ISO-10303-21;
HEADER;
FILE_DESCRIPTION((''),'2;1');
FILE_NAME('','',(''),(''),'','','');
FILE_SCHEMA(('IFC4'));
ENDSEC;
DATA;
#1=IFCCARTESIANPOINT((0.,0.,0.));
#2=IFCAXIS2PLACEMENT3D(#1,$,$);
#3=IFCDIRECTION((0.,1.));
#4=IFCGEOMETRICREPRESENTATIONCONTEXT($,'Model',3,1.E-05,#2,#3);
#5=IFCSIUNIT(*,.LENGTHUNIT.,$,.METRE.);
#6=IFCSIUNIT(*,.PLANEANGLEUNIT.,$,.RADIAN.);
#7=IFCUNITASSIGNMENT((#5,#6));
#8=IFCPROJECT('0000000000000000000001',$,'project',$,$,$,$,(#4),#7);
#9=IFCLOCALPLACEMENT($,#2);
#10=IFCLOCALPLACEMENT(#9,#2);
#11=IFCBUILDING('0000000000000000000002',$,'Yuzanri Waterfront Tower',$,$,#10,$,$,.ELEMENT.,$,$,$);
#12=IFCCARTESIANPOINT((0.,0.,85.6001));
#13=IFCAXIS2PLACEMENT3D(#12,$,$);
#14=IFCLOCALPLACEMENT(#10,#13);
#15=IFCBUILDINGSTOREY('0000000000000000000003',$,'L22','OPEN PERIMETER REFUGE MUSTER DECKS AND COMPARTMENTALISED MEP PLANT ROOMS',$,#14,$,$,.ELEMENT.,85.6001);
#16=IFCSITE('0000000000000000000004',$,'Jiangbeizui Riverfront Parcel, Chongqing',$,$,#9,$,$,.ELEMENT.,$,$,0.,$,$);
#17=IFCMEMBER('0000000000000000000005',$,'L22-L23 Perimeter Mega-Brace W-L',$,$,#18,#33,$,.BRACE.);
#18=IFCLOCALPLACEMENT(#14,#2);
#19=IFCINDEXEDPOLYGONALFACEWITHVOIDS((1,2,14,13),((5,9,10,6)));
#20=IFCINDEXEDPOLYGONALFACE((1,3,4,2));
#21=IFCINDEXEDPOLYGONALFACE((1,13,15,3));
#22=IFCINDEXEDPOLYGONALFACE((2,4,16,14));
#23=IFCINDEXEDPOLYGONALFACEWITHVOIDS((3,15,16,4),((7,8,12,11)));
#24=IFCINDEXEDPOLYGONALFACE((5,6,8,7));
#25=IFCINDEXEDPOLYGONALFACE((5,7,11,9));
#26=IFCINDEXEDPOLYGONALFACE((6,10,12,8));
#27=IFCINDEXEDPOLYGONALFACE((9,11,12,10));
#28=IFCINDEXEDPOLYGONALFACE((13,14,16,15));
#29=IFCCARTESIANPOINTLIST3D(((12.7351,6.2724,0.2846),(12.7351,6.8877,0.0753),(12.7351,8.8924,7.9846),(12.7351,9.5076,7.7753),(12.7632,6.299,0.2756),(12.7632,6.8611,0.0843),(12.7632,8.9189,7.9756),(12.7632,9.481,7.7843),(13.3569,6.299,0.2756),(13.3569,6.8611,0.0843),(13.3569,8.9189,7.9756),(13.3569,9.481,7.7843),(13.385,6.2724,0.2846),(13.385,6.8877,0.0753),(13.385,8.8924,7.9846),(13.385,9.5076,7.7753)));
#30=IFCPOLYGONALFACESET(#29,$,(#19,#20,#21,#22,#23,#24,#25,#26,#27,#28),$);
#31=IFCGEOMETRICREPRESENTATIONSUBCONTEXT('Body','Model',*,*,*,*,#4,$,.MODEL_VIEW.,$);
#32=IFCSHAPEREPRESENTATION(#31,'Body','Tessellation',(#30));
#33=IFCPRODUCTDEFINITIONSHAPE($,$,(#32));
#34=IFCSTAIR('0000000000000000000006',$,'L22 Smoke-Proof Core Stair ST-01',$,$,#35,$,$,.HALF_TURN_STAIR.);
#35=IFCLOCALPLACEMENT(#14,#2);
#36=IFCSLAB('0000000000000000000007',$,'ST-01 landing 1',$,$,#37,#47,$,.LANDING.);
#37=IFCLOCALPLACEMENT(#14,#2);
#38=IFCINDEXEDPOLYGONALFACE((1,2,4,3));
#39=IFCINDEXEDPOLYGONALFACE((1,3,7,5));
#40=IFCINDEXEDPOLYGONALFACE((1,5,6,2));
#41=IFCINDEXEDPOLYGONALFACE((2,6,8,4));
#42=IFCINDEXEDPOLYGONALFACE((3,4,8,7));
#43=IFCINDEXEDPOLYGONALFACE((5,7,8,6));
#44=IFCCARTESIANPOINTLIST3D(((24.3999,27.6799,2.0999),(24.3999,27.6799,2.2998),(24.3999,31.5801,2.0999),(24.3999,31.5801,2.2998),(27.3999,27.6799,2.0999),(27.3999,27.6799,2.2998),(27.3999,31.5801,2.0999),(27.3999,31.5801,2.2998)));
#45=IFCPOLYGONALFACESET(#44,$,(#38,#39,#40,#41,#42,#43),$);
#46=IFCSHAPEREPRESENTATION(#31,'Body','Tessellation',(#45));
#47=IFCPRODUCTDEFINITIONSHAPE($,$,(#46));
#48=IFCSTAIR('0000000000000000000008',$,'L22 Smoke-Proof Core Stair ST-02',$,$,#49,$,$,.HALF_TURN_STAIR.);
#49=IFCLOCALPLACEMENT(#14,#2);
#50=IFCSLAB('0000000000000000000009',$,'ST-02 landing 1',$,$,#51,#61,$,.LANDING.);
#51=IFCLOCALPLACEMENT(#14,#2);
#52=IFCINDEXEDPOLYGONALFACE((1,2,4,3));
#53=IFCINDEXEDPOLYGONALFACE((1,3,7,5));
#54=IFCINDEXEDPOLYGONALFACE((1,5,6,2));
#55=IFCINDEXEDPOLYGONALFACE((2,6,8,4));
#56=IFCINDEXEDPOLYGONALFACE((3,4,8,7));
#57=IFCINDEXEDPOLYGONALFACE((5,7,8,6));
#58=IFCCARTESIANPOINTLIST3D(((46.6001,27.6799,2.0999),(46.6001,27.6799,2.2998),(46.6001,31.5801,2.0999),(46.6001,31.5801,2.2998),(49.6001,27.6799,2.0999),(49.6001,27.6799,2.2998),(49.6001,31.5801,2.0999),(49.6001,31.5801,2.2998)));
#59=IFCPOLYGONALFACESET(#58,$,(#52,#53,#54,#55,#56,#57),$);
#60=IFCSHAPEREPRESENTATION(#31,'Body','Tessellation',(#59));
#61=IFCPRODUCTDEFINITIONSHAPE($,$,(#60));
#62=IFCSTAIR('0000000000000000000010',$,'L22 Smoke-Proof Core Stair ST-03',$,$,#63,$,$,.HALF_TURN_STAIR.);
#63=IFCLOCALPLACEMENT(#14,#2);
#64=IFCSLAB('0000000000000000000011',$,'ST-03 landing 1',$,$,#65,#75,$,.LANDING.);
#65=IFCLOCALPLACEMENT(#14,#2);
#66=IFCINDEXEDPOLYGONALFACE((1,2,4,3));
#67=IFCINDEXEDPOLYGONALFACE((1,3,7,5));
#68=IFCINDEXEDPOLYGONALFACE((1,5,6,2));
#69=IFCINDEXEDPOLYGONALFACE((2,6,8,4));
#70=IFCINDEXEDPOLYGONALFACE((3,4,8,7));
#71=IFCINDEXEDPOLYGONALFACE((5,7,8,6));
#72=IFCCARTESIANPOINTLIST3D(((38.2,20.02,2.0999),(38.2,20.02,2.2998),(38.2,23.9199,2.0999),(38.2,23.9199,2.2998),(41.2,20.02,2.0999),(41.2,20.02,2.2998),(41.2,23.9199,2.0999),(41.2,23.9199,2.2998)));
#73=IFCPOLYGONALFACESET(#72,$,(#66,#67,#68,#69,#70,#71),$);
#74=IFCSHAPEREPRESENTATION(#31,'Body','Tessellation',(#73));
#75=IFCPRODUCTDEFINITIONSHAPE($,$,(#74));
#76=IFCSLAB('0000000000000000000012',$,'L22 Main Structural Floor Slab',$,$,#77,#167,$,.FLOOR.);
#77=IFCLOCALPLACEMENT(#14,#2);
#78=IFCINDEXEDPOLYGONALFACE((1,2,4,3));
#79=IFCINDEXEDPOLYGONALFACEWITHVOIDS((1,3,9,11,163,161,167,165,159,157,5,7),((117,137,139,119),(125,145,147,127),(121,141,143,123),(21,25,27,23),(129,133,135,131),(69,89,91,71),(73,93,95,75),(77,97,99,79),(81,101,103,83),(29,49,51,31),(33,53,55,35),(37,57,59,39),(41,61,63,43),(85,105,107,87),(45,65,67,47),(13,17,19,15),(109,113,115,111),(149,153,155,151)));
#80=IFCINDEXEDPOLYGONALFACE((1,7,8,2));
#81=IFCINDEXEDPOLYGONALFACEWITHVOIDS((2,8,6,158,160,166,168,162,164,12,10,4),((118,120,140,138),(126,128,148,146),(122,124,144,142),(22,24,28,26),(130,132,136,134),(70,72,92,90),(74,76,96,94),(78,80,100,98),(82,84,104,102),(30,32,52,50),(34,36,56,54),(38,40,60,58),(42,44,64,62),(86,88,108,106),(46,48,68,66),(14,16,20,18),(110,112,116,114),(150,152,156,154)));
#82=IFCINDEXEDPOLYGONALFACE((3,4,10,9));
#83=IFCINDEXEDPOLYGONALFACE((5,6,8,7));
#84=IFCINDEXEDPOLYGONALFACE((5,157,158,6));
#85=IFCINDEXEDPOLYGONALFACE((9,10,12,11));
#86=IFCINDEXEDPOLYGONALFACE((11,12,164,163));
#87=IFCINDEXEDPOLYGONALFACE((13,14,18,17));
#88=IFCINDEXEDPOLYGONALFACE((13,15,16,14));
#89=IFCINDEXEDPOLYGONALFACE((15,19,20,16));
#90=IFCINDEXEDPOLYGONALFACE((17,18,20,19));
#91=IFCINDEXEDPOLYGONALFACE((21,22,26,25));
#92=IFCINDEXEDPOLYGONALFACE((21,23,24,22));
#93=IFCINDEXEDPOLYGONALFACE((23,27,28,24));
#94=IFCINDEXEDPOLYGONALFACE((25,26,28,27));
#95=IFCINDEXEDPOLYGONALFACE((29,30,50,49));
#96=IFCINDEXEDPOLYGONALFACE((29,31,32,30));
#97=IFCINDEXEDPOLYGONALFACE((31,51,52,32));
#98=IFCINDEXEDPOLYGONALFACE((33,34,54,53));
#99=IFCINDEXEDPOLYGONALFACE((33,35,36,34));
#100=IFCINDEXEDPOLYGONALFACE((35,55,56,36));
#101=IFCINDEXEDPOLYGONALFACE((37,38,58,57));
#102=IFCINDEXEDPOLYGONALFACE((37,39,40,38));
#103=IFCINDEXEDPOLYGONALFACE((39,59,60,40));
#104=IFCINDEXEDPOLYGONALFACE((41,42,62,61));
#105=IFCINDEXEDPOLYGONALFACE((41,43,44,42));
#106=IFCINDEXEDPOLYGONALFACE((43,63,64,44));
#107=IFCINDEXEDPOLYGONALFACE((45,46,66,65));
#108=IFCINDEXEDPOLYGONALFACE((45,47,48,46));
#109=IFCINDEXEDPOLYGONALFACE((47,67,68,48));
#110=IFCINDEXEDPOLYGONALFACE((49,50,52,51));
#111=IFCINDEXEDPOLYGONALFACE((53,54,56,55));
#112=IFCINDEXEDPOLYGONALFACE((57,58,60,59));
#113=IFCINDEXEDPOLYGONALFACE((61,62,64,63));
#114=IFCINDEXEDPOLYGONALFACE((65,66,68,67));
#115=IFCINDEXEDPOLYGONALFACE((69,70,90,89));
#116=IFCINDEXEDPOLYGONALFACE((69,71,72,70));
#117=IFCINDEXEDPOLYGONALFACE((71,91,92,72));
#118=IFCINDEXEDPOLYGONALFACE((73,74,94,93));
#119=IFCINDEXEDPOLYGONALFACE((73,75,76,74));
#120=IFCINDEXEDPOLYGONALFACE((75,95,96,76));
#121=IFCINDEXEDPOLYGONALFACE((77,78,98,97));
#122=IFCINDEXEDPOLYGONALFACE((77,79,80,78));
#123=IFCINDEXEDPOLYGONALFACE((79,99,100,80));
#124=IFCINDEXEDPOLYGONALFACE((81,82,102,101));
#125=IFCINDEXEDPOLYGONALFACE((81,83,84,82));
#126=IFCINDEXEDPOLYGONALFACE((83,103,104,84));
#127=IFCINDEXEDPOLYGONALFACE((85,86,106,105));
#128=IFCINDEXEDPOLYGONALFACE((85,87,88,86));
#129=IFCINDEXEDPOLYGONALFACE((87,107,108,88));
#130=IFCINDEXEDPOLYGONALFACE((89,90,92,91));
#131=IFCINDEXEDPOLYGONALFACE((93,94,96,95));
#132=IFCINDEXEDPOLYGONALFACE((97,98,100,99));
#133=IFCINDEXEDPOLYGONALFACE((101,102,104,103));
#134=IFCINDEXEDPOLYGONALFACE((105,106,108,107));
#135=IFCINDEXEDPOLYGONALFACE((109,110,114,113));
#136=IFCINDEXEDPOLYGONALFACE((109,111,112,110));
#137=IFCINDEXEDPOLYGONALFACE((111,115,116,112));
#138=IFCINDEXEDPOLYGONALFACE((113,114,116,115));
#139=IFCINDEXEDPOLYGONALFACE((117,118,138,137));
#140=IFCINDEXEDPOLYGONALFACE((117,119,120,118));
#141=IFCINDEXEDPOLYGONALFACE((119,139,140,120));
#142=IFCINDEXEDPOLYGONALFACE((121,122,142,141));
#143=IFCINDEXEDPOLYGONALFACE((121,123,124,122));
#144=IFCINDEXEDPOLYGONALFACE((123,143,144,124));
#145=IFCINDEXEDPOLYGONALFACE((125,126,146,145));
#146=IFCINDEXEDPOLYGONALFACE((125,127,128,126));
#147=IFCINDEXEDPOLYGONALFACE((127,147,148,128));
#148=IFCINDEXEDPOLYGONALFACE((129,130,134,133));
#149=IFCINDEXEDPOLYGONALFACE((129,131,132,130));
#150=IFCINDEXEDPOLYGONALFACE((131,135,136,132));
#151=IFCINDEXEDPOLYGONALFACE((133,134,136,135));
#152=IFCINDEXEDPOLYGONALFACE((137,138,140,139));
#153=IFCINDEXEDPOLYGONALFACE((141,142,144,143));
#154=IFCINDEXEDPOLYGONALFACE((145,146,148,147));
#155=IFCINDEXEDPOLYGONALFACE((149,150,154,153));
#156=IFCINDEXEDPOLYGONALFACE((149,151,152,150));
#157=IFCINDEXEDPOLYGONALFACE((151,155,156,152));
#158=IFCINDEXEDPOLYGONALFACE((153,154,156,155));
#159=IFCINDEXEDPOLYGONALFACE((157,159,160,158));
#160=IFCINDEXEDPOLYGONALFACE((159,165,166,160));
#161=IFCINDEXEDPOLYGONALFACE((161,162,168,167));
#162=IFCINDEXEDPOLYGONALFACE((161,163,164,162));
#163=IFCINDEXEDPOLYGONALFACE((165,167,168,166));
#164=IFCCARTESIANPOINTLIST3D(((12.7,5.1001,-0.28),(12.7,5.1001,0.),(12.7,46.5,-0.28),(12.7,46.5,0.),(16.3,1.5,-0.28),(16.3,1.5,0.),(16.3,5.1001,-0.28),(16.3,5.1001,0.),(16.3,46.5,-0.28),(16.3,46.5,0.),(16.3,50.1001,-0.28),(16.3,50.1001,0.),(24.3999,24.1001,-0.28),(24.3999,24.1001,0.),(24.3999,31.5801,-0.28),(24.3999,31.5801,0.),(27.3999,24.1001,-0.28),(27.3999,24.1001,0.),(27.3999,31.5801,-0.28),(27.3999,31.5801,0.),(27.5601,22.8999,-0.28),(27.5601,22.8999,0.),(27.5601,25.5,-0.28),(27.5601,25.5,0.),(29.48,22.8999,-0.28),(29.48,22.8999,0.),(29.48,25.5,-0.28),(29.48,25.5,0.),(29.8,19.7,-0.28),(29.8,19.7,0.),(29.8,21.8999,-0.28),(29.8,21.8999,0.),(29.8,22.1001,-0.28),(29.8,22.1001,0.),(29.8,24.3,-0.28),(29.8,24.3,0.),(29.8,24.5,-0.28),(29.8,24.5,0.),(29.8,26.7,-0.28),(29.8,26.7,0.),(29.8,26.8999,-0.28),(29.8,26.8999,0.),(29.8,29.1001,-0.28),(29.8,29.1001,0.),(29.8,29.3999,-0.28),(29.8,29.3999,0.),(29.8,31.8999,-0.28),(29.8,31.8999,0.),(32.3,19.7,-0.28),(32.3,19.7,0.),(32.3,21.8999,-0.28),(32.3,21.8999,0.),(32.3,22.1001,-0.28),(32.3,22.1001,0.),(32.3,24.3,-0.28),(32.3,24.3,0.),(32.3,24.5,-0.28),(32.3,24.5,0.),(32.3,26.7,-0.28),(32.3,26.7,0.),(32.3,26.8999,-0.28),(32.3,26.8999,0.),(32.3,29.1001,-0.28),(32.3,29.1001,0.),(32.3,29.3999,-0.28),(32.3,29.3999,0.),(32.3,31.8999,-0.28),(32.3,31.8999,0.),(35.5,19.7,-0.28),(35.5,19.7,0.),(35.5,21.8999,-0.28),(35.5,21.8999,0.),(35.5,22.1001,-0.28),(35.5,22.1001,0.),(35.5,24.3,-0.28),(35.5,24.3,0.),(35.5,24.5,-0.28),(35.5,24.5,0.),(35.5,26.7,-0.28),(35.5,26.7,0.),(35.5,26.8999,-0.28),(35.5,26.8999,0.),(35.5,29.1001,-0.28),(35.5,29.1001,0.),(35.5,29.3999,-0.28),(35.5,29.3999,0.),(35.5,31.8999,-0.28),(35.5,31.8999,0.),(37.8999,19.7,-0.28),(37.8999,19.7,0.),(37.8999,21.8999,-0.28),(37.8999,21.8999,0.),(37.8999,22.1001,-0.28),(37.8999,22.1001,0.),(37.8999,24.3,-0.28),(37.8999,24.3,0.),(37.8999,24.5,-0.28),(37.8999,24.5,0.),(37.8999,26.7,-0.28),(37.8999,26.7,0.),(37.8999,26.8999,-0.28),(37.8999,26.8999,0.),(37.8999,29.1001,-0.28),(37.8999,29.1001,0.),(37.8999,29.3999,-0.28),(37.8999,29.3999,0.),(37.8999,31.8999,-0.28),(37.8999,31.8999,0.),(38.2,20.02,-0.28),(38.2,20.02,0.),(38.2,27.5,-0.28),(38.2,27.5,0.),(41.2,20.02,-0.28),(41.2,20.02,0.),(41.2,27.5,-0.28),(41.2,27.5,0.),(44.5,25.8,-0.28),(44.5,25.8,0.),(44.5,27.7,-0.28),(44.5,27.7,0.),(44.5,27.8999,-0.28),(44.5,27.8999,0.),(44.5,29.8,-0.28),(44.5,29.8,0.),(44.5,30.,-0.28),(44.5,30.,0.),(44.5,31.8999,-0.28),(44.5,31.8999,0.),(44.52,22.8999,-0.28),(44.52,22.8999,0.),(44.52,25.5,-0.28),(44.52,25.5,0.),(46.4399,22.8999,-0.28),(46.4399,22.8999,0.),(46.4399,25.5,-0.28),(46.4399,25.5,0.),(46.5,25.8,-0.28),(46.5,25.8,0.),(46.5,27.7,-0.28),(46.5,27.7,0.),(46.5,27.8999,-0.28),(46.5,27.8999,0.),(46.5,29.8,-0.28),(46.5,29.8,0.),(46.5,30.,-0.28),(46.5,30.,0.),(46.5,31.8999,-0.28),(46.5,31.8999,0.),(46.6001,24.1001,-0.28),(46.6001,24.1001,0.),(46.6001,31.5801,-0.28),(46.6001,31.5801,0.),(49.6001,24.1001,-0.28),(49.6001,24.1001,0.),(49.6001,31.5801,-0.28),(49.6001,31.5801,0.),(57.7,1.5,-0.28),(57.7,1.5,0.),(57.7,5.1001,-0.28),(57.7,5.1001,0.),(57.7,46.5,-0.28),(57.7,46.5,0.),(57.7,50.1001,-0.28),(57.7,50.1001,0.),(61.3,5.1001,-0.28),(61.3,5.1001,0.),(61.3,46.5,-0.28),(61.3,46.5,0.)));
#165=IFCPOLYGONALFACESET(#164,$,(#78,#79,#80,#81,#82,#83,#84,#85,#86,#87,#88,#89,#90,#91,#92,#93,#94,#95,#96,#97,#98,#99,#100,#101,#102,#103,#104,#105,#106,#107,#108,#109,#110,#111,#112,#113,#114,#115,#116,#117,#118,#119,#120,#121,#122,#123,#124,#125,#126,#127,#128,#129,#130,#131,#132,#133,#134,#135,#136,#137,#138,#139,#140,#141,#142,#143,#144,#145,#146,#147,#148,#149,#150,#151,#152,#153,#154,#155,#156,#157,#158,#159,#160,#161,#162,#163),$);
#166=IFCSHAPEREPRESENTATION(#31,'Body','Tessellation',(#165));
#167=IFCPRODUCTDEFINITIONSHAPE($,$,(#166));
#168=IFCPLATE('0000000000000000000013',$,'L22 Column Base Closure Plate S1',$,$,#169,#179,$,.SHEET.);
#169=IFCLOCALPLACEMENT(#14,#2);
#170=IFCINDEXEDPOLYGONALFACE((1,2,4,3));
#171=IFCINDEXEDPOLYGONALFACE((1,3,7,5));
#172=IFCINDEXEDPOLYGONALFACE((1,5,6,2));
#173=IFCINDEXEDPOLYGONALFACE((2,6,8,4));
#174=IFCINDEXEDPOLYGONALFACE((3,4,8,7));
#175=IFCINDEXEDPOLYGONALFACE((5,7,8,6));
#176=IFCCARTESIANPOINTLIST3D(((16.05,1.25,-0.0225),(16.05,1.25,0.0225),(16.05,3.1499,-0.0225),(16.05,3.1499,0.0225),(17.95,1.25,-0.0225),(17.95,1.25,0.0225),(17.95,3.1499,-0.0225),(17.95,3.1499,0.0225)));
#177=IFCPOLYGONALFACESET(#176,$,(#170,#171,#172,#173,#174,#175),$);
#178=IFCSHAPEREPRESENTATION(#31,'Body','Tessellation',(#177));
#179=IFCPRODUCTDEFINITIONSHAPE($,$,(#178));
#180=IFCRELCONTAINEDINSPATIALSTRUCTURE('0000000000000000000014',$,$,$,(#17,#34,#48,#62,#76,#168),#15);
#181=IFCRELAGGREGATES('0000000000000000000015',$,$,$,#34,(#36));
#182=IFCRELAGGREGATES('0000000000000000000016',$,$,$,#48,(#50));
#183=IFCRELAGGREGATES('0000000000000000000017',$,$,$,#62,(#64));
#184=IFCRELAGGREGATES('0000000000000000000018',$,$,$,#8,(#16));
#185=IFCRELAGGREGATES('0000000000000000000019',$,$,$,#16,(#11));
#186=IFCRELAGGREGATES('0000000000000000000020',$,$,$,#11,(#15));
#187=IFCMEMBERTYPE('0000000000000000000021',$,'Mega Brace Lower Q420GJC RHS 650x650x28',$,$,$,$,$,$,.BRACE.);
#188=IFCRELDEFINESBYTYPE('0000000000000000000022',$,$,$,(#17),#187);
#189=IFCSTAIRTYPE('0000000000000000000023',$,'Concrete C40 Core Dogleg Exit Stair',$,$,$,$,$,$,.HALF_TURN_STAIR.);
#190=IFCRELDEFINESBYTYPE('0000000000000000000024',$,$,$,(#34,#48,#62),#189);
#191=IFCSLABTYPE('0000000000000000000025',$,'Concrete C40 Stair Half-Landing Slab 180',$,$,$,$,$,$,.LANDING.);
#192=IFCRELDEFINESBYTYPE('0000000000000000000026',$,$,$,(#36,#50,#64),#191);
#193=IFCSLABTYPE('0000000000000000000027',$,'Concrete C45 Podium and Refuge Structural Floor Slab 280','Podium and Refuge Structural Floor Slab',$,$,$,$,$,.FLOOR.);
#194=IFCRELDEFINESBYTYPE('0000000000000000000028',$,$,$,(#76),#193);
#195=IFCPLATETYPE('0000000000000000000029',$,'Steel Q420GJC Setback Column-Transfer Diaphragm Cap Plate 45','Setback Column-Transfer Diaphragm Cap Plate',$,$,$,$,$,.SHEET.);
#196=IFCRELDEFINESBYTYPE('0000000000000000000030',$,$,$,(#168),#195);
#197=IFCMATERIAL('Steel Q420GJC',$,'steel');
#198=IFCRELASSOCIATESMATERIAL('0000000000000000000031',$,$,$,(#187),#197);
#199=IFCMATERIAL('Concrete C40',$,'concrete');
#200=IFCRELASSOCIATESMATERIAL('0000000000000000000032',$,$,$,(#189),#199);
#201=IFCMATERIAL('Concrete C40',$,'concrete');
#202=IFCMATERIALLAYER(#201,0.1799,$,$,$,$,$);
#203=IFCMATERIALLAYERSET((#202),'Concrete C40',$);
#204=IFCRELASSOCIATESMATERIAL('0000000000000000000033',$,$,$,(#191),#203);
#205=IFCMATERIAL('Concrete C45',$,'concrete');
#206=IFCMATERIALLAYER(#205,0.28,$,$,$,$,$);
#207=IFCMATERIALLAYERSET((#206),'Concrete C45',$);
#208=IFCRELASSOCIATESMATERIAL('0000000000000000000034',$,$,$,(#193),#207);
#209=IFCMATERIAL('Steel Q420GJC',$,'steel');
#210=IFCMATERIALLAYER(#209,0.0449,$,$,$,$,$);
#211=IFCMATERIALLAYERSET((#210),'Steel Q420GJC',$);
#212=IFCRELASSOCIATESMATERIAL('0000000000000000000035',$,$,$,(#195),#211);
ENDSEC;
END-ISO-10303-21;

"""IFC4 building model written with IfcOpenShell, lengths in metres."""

from ifc_helpers import new_model, si_unit, direction, frame, origin, origin_2d, place, context, subcontext, project, spatial, polyline, rectangle, hollow_rectangle, outline, extrude, source, transform, mapped, material, layer, layer_set, material_profile, profile_set, type_object, element, aggregate, save


model = new_model("IFC4")

# Units and contexts
model_context = context("Model", 3, precision=1e-05, world=origin(), true_north=direction((0.0, 1.0)))
body_context = subcontext(model_context, "Body", "Model", "MODEL_VIEW")
ifc_project = project(units=[si_unit("LENGTHUNIT", "METRE"), si_unit("PLANEANGLEUNIT", "RADIAN")], contexts=[model_context])

# Site, building, storey
site_placement = place(None, origin())
site = spatial("IfcSite", under=ifc_project, at=site_placement, Name="Jiangbeizui Riverfront Parcel, Chongqing", CompositionType="ELEMENT", RefElevation=0.0)
building_placement = place(site_placement, origin())
building = spatial("IfcBuilding", under=site, at=building_placement, Name="Yuzanri Waterfront Tower", CompositionType="ELEMENT")
storey_placement = place(building_placement, frame((0.0, 0.0, 85.6001)))
storey = spatial("IfcBuildingStorey", under=building, at=storey_placement, Name="L22", Description="OPEN PERIMETER REFUGE MUSTER DECKS AND COMPARTMENTALISED MEP PLANT ROOMS", CompositionType="ELEMENT", Elevation=85.6001)

# Member
ifc_material_1 = material(Name="Steel Q420GJC", Category="steel")
ifc_material_profile_1 = material_profile(ifc_material_1, hollow_rectangle(XDim=0.6499, YDim=0.6499, WallThickness=0.0281, at=origin_2d()), Name="RHS 650x650x28")
ifc_profile_set_1 = profile_set([ifc_material_profile_1], Name="Steel Q420GJC")
member_type = type_object("IfcMemberType", Name="Mega Brace Lower Q420GJC RHS 650x650x28", PredefinedType="BRACE", material=ifc_profile_set_1)
shared_shape_1 = source(origin(), body_context, "Body", "SweptSolid", [
    extrude(hollow_rectangle(XDim=0.6499, YDim=0.6499, WallThickness=0.0281, at=origin_2d()), origin(), (0.0, 0.0, 1.0), 8.1335),
])
for number, where, z_axis, x_axis, name in (
    (1, (13.0601, 6.5801, 0.1799), (0.0, 0.322111, 0.946702), (-1.0, 0.0, 0.0), "L22-L23 Perimeter Mega-Brace W-L"),
):
    element("IfcMember", number, at=place(storey_placement, frame(where, z_axis=z_axis, x_axis=x_axis)), inside=storey, type_object=member_type, Name=name, PredefinedType="BRACE", context=body_context, shape_type="MappedRepresentation", body=[
        mapped(shared_shape_1, transform((0.0, 0.0, 0.0), scale=1.0)),
    ])

# Stairs, slabs
ifc_material_2 = material(Name="Concrete C40", Category="concrete")
stair_type = type_object("IfcStairType", Name="Concrete C40 Core Dogleg Exit Stair", PredefinedType="HALF_TURN_STAIR", material=ifc_material_2)
stair_1_placement = place(storey_placement, origin())
stair_1 = element("IfcStair", 2, at=stair_1_placement, inside=storey, type_object=stair_type, Name="L22 Smoke-Proof Core Stair ST-01", PredefinedType="HALF_TURN_STAIR")
ifc_material_3 = material(Name="Concrete C40", Category="concrete")
ifc_layer_1 = layer(ifc_material_3, 0.1799)
ifc_layer_set_1 = layer_set([ifc_layer_1], Name="Concrete C40")
slab_type_1 = type_object("IfcSlabType", Name="Concrete C40 Stair Half-Landing Slab 180", PredefinedType="LANDING", material=ifc_layer_set_1)
slab_1_placement = place(storey_placement, frame((0.0, 0.0, 2.0999)))
slab_1 = element("IfcSlab", 3, at=slab_1_placement, type_object=slab_type_1, Name="ST-01 landing 1", PredefinedType="LANDING", context=body_context, shape_type="SweptSolid", body=[
    extrude(outline(polyline([(27.3999, 27.6799), (27.3999, 31.5801), (24.3999, 31.5801), (24.3999, 27.6799), (27.3999, 27.6799)])), origin(), (0.0, 0.0, 1.0), 0.2),
])
aggregate(stair_1, [slab_1])
stair_2_placement = place(storey_placement, origin())
stair_2 = element("IfcStair", 4, at=stair_2_placement, inside=storey, type_object=stair_type, Name="L22 Smoke-Proof Core Stair ST-02", PredefinedType="HALF_TURN_STAIR")
slab_2_placement = place(storey_placement, frame((0.0, 0.0, 2.0999)))
slab_2 = element("IfcSlab", 5, at=slab_2_placement, type_object=slab_type_1, Name="ST-02 landing 1", PredefinedType="LANDING", context=body_context, shape_type="SweptSolid", body=[
    extrude(outline(polyline([(49.6001, 27.6799), (49.6001, 31.5801), (46.6001, 31.5801), (46.6001, 27.6799), (49.6001, 27.6799)])), origin(), (0.0, 0.0, 1.0), 0.2),
])
aggregate(stair_2, [slab_2])
stair_3_placement = place(storey_placement, origin())
stair_3 = element("IfcStair", 6, at=stair_3_placement, inside=storey, type_object=stair_type, Name="L22 Smoke-Proof Core Stair ST-03", PredefinedType="HALF_TURN_STAIR")
slab_3_placement = place(storey_placement, frame((0.0, 0.0, 2.0999)))
slab_3 = element("IfcSlab", 7, at=slab_3_placement, type_object=slab_type_1, Name="ST-03 landing 1", PredefinedType="LANDING", context=body_context, shape_type="SweptSolid", body=[
    extrude(outline(polyline([(38.2, 23.9199), (38.2, 20.02), (41.2, 20.02), (41.2, 23.9199), (38.2, 23.9199)])), origin(), (0.0, 0.0, 1.0), 0.2),
])
aggregate(stair_3, [slab_3])

# Slab
ifc_material_4 = material(Name="Concrete C45", Category="concrete")
ifc_layer_2 = layer(ifc_material_4, 0.28)
ifc_layer_set_2 = layer_set([ifc_layer_2], Name="Concrete C45")
slab_type_2 = type_object("IfcSlabType", Name="Concrete C45 Podium and Refuge Structural Floor Slab 280", Description="Podium and Refuge Structural Floor Slab", PredefinedType="FLOOR", material=ifc_layer_set_2)
slab_4_placement = place(storey_placement, frame((0.0, 0.0, -0.28)))
element("IfcSlab", 8, at=slab_4_placement, inside=storey, type_object=slab_type_2, Name="L22 Main Structural Floor Slab", PredefinedType="FLOOR", context=body_context, shape_type="SweptSolid", body=[
    extrude(outline(polyline([(16.3, 1.5), (57.7, 1.5), (57.7, 5.1001), (61.3, 5.1001), (61.3, 46.5), (57.7, 46.5), (57.7, 50.1001), (16.3, 50.1001), (16.3, 46.5), (12.7, 46.5), (12.7, 5.1001), (16.3, 5.1001), (16.3, 1.5)]), holes=[polyline([(27.3999, 24.1001), (27.3999, 31.5801), (24.3999, 31.5801), (24.3999, 24.1001), (27.3999, 24.1001)]), polyline([(49.6001, 24.1001), (49.6001, 31.5801), (46.6001, 31.5801), (46.6001, 24.1001), (49.6001, 24.1001)]), polyline([(38.2, 27.5), (38.2, 20.02), (41.2, 20.02), (41.2, 27.5), (38.2, 27.5)]), polyline([(27.5601, 22.8999), (29.48, 22.8999), (29.48, 25.5), (27.5601, 25.5), (27.5601, 22.8999)]), polyline([(44.52, 22.8999), (46.4399, 22.8999), (46.4399, 25.5), (44.52, 25.5), (44.52, 22.8999)]), polyline([(29.8, 19.7), (32.3, 19.7), (32.3, 21.8999), (29.8, 21.8999), (29.8, 19.7)]), polyline([(29.8, 22.1001), (32.3, 22.1001), (32.3, 24.3), (29.8, 24.3), (29.8, 22.1001)]), polyline([(29.8, 24.5), (32.3, 24.5), (32.3, 26.7), (29.8, 26.7), (29.8, 24.5)]), polyline([(29.8, 26.8999), (32.3, 26.8999), (32.3, 29.1001), (29.8, 29.1001), (29.8, 26.8999)]), polyline([(29.8, 29.3999), (32.3, 29.3999), (32.3, 31.8999), (29.8, 31.8999), (29.8, 29.3999)]), polyline([(35.5, 19.7), (37.8999, 19.7), (37.8999, 21.8999), (35.5, 21.8999), (35.5, 19.7)]), polyline([(35.5, 22.1001), (37.8999, 22.1001), (37.8999, 24.3), (35.5, 24.3), (35.5, 22.1001)]), polyline([(35.5, 24.5), (37.8999, 24.5), (37.8999, 26.7), (35.5, 26.7), (35.5, 24.5)]), polyline([(35.5, 26.8999), (37.8999, 26.8999), (37.8999, 29.1001), (35.5, 29.1001), (35.5, 26.8999)]), polyline([(35.5, 29.3999), (37.8999, 29.3999), (37.8999, 31.8999), (35.5, 31.8999), (35.5, 29.3999)]), polyline([(44.5, 25.8), (46.5, 25.8), (46.5, 27.7), (44.5, 27.7), (44.5, 25.8)]), polyline([(44.5, 27.8999), (46.5, 27.8999), (46.5, 29.8), (44.5, 29.8), (44.5, 27.8999)]), polyline([(44.5, 30.0), (46.5, 30.0), (46.5, 31.8999), (44.5, 31.8999), (44.5, 30.0)])]), origin(), (0.0, 0.0, 1.0), 0.28),
])

# Plate
ifc_material_5 = material(Name="Steel Q420GJC", Category="steel")
ifc_layer_3 = layer(ifc_material_5, 0.0449)
ifc_layer_set_3 = layer_set([ifc_layer_3], Name="Steel Q420GJC")
plate_type_1 = type_object("IfcPlateType", Name="Steel Q420GJC Setback Column-Transfer Diaphragm Cap Plate 45", Description="Setback Column-Transfer Diaphragm Cap Plate", PredefinedType="SHEET", material=ifc_layer_set_3)
shared_shape_2 = source(origin(), body_context, "Body", "SweptSolid", [
    extrude(rectangle(XDim=1.8999, YDim=1.8999, at=origin_2d()), origin(), (0.0, 0.0, 1.0), 0.0449),
])
for number, where, z_axis, x_axis, name in (
    (9, (17.0, 2.2, -0.0225), (0.0, 0.0, 1.0), (1.0, 0.0, 0.0), "L22 Column Base Closure Plate S1"),
):
    element("IfcPlate", number, at=place(storey_placement, frame(where, z_axis=z_axis, x_axis=x_axis)), inside=storey, type_object=plate_type_1, Name=name, PredefinedType="SHEET", context=body_context, shape_type="MappedRepresentation", body=[
        mapped(shared_shape_2, transform((0.0, 0.0, 0.0), scale=1.0)),
    ])

save(model, "model.ifc")
